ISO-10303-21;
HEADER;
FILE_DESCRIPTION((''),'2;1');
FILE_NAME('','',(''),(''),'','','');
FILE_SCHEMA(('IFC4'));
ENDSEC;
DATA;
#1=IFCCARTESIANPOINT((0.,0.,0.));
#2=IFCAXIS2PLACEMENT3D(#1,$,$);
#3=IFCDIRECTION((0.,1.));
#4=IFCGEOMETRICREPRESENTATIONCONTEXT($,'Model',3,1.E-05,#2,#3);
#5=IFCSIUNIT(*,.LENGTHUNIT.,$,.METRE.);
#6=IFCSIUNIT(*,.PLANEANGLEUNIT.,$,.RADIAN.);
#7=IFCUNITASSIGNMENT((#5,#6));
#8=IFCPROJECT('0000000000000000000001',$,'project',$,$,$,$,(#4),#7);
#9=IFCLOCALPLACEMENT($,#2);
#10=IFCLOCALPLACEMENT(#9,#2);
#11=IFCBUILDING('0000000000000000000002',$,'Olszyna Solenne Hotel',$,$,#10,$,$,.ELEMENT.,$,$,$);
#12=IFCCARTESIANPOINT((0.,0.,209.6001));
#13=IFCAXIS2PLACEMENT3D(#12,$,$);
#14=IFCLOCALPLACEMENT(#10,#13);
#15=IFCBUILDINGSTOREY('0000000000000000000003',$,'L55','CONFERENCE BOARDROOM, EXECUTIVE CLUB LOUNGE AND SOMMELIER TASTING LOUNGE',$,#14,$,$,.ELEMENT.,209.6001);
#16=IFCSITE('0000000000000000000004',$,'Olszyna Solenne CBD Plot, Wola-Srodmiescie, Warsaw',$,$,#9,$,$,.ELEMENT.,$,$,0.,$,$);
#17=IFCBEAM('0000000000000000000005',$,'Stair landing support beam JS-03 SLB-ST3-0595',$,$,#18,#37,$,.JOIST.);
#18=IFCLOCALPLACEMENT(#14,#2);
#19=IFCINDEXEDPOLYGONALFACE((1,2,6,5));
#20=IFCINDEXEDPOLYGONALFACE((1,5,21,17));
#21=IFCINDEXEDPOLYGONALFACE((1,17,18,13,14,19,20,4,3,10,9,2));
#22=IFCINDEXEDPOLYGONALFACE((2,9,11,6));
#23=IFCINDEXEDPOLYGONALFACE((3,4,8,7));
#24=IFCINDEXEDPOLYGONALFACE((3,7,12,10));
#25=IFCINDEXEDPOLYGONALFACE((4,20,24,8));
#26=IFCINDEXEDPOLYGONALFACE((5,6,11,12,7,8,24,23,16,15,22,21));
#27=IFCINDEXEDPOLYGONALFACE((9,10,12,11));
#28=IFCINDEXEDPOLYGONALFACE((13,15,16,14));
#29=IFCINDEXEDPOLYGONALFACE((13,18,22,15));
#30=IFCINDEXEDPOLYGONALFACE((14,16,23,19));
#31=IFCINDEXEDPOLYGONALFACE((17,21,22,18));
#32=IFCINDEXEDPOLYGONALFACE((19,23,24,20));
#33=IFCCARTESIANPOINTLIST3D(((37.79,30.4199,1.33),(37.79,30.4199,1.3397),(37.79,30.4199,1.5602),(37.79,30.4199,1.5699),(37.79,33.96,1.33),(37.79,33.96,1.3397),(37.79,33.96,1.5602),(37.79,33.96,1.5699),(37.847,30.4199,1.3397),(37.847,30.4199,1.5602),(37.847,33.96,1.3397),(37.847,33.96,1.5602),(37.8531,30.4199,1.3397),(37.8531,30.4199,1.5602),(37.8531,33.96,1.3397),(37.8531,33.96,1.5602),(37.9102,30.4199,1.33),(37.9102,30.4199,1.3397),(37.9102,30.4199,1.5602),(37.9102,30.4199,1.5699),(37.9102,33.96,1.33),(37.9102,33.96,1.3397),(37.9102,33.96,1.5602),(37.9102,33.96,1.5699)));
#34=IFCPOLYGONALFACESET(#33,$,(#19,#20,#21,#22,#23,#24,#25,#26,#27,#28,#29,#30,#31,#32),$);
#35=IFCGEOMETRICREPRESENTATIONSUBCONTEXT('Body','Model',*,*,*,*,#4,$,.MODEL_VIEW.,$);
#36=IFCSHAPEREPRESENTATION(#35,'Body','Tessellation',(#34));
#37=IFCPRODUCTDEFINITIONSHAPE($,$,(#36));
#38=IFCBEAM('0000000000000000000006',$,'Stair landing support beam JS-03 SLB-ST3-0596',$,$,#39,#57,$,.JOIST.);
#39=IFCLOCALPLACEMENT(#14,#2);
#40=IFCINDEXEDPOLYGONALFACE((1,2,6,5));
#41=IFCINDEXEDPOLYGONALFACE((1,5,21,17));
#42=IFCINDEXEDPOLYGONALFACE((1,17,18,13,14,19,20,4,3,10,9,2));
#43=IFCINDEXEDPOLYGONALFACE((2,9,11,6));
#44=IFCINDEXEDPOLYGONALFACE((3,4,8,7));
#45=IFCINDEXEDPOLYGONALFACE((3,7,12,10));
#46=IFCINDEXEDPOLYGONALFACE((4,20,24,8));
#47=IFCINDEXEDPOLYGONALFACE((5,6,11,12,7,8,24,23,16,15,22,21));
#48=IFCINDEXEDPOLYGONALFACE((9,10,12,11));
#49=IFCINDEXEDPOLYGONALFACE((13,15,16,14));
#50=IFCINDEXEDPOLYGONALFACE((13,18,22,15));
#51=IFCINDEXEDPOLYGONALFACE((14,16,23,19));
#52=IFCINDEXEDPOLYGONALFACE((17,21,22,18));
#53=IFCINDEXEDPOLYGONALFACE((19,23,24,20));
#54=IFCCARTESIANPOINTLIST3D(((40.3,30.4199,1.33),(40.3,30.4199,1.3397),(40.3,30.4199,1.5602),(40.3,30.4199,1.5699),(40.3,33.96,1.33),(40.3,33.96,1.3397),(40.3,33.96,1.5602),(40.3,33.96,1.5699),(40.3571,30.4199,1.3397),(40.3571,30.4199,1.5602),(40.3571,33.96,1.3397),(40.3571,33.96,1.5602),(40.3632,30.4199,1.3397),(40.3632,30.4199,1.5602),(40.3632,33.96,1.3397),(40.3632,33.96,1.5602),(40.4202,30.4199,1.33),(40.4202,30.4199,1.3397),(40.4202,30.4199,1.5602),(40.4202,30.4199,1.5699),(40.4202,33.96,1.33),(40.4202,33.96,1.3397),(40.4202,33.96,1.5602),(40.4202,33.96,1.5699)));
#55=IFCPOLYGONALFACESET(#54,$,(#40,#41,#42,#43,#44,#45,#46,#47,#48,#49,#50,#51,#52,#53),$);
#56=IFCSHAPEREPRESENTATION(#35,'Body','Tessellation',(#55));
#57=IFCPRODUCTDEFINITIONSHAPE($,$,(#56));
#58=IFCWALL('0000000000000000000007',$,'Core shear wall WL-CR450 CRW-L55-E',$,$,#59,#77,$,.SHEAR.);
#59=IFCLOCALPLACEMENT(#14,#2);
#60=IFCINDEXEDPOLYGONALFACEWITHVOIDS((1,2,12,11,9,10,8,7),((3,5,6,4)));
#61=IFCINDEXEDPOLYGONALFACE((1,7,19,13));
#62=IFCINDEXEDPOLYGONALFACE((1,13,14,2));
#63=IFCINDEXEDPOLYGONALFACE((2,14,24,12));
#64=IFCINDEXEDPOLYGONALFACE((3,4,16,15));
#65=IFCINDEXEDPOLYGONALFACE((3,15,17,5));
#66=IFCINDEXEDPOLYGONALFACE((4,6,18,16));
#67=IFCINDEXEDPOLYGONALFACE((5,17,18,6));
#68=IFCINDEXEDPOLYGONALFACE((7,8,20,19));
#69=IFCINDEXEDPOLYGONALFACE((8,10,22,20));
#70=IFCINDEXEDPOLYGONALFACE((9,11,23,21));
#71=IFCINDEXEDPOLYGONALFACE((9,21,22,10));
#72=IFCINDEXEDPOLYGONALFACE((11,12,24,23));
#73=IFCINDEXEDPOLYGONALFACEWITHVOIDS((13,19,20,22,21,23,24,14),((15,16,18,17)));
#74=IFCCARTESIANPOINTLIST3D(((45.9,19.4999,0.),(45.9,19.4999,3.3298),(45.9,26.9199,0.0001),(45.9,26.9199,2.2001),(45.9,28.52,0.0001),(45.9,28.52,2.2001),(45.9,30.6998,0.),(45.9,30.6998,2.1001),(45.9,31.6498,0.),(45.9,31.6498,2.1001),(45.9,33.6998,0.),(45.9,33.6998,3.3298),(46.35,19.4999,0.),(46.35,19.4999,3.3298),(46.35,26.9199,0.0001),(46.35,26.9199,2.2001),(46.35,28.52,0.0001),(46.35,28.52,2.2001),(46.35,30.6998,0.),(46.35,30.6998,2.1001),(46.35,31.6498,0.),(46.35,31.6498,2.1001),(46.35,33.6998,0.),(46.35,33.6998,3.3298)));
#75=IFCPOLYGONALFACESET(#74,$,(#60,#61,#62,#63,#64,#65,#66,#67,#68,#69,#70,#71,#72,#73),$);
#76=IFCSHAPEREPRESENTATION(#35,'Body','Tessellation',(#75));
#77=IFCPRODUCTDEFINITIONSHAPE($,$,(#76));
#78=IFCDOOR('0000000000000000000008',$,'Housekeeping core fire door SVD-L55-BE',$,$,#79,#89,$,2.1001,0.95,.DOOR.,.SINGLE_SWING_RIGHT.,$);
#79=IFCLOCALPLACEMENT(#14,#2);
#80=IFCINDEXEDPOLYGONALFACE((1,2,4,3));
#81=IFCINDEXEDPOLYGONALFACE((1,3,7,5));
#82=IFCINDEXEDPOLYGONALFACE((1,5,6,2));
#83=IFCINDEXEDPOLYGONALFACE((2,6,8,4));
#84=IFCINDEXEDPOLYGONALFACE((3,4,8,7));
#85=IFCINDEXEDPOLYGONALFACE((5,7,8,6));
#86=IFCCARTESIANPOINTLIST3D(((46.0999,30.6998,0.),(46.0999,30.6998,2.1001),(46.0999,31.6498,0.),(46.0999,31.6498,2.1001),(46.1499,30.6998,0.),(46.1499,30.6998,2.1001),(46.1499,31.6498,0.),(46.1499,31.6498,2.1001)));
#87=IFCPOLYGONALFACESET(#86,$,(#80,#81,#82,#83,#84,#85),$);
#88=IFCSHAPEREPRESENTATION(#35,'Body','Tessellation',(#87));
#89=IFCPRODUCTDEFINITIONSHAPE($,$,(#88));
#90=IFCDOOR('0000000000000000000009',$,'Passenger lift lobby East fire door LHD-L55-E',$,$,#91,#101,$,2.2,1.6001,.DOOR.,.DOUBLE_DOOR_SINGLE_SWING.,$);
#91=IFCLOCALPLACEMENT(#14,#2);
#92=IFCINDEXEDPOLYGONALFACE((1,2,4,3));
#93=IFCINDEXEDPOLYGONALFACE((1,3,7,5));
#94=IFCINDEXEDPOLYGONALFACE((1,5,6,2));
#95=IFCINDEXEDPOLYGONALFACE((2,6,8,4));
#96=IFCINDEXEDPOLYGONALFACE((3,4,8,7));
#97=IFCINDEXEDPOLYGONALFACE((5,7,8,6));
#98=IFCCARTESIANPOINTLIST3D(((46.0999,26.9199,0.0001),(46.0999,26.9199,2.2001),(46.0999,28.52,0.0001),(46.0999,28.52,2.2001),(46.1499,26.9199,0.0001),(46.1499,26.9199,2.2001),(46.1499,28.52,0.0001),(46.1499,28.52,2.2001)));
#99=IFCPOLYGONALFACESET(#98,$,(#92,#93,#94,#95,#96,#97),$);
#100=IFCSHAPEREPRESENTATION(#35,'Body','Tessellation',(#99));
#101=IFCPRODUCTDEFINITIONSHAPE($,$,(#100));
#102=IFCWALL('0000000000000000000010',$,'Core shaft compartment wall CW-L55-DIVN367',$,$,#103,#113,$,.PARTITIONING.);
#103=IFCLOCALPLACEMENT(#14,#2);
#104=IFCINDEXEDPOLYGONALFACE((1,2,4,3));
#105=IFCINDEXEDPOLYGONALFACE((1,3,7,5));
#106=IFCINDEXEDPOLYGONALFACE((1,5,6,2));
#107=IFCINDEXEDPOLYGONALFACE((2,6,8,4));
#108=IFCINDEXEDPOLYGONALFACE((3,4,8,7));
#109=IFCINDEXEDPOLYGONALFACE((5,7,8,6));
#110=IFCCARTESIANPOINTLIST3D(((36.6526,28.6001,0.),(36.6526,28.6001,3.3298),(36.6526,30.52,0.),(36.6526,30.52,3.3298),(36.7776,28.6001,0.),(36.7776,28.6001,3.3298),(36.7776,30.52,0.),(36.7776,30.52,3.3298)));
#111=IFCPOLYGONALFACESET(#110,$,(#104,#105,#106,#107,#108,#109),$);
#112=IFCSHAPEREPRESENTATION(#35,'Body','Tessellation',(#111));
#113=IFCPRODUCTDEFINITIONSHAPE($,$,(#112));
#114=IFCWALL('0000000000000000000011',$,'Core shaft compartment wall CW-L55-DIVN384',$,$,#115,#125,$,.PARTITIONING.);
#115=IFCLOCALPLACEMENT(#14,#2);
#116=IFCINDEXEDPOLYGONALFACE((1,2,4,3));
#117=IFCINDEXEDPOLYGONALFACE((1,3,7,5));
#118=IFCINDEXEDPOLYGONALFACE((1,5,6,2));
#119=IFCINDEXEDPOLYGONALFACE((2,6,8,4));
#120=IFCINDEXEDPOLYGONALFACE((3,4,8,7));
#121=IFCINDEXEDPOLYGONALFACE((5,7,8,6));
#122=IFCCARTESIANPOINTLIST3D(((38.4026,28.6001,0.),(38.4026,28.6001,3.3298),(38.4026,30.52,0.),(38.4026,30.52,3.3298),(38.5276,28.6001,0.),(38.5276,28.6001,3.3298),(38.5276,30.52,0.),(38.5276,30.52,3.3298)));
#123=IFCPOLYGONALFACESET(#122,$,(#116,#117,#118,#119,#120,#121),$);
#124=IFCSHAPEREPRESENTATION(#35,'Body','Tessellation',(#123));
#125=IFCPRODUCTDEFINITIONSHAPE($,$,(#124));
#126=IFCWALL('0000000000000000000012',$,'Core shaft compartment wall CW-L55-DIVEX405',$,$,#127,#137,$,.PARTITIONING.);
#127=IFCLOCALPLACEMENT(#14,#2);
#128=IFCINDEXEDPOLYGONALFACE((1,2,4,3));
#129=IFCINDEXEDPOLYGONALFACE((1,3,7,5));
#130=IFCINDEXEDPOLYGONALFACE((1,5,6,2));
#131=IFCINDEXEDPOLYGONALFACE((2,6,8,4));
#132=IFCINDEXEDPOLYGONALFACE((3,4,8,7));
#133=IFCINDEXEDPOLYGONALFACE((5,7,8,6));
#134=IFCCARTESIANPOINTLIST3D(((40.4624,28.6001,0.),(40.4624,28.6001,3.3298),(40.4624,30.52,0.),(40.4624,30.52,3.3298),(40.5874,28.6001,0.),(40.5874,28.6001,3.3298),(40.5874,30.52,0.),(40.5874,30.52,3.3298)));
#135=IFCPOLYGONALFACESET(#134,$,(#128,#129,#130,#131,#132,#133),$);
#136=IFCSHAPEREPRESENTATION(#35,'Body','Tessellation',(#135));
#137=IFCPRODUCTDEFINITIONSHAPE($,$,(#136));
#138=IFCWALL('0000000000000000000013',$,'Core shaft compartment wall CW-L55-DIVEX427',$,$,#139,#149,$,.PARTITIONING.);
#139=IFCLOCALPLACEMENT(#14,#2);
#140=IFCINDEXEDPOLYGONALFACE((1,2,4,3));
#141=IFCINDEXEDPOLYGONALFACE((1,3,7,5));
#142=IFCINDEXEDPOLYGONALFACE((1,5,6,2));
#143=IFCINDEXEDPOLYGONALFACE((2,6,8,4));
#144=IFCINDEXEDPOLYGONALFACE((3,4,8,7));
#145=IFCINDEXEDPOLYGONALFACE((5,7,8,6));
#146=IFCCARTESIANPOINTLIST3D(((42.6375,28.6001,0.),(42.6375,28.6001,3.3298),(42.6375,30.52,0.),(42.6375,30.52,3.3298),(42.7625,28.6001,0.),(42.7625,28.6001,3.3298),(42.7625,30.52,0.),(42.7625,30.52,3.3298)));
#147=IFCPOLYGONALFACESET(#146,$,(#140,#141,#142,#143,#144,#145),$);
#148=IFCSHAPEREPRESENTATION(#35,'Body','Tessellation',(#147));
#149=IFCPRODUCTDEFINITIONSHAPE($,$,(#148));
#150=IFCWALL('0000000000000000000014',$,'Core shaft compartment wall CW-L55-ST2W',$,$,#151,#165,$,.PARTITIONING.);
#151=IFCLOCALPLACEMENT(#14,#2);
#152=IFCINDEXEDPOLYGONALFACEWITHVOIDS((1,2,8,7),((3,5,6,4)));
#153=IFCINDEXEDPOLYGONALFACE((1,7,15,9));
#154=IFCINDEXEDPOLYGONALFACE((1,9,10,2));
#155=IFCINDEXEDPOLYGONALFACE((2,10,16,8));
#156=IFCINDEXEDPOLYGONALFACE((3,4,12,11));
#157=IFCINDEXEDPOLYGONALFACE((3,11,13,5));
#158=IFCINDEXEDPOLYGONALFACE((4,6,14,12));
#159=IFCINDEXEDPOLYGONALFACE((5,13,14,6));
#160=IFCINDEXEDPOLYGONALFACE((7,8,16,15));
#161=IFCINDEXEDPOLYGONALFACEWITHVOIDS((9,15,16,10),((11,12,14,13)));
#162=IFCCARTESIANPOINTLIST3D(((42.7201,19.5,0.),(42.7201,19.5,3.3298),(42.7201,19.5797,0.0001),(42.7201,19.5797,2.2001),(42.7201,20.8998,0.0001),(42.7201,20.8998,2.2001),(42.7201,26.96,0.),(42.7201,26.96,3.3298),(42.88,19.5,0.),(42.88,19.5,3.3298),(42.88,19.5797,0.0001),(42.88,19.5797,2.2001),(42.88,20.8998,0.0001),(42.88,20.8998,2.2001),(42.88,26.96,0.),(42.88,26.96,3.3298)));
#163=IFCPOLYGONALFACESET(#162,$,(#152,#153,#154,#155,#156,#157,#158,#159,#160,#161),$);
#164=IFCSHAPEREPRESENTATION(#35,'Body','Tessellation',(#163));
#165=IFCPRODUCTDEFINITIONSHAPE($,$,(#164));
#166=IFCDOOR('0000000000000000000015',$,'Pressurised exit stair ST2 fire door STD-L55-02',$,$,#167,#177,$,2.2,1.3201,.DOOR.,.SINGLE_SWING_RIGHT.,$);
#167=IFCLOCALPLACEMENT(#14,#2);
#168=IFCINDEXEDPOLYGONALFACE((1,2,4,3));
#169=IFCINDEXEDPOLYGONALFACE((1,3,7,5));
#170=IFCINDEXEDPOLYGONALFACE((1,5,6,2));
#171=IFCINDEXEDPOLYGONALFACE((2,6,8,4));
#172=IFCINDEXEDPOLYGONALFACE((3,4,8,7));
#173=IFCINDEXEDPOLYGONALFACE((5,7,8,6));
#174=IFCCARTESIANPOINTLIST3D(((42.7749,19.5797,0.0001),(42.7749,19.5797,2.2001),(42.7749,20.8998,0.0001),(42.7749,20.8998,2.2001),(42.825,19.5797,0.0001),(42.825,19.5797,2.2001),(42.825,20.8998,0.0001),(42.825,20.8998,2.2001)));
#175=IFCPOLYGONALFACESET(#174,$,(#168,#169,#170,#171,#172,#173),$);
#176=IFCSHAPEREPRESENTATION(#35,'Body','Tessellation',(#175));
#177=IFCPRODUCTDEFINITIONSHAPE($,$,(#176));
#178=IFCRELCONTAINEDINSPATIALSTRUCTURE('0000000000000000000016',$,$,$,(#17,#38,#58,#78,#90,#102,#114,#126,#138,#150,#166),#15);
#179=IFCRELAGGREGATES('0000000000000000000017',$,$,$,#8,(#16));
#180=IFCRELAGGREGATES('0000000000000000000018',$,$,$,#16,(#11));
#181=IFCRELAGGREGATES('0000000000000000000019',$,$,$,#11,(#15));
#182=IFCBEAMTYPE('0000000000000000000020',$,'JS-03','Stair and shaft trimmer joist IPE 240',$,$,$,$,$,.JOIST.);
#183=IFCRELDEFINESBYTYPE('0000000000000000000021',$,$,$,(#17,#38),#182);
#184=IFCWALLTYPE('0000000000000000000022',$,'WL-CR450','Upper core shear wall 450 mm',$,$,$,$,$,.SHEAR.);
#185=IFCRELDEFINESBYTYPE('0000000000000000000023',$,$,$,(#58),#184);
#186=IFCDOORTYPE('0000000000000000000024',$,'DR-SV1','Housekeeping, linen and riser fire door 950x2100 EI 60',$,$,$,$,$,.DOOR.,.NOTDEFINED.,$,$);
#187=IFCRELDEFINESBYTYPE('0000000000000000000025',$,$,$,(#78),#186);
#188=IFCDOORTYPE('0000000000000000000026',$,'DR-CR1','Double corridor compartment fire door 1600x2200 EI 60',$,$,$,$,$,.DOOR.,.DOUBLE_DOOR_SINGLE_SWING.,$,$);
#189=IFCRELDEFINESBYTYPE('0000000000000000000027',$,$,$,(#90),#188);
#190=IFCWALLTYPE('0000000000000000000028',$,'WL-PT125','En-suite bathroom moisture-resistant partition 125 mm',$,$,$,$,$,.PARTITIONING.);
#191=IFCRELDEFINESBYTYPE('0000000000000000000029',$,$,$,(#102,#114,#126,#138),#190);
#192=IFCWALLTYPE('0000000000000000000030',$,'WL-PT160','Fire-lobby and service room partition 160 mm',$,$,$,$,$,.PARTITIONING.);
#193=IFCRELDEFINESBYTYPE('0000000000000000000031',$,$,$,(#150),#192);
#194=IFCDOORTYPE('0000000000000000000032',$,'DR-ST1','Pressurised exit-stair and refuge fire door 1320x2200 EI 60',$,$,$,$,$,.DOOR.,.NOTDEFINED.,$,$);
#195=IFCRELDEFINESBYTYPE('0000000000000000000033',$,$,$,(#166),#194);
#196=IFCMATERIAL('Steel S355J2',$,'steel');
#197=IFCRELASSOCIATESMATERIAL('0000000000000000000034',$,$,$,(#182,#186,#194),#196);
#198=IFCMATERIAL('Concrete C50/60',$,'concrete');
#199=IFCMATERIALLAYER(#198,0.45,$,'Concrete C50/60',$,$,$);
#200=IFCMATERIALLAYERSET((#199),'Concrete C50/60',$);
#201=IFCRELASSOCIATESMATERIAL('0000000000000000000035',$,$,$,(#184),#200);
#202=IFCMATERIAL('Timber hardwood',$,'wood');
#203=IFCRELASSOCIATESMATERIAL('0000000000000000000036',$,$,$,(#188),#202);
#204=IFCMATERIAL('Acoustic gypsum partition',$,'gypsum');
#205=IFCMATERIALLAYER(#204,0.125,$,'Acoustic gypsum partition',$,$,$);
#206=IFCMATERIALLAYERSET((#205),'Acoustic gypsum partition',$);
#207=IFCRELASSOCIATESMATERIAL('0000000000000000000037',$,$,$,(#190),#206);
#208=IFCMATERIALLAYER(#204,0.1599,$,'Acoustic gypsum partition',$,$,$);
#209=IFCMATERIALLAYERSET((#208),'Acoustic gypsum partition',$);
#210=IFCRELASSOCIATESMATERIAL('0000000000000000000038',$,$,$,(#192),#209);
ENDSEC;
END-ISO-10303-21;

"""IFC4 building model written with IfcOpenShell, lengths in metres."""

from ifc_helpers import new_model, si_unit, direction, frame, frame_2d, origin, origin_2d, place, context, subcontext, project, spatial, rectangle, i_section, extrude, source, transform, mapped, material, layer, layer_set, material_profile, profile_set, type_object, type_shapes, element, fill, save


model = new_model("IFC4")

# Units and contexts
model_context = context("Model", 3, precision=1e-05, world=origin(), true_north=direction((0.0, 1.0)))
body_context = subcontext(model_context, "Body", "Model", "MODEL_VIEW")
ifc_project = project(units=[si_unit("LENGTHUNIT", "METRE"), si_unit("PLANEANGLEUNIT", "RADIAN")], contexts=[model_context])

# Site, building, storey
site_placement = place(None, origin())
site = spatial("IfcSite", under=ifc_project, at=site_placement, Name="Olszyna Solenne CBD Plot, Wola-Srodmiescie, Warsaw", CompositionType="ELEMENT", RefElevation=0.0)
building_placement = place(site_placement, origin())
building = spatial("IfcBuilding", under=site, at=building_placement, Name="Olszyna Solenne Hotel", CompositionType="ELEMENT")
storey_placement = place(building_placement, frame((0.0, 0.0, 209.6001)))
storey = spatial("IfcBuildingStorey", under=building, at=storey_placement, Name="L55", Description="CONFERENCE BOARDROOM, EXECUTIVE CLUB LOUNGE AND SOMMELIER TASTING LOUNGE", CompositionType="ELEMENT", Elevation=209.6001)

# Beams
ifc_material_1 = material(Name="Steel S355J2", Category="steel")
ifc_material_profile = material_profile(ifc_material_1, i_section(OverallWidth=0.1201, OverallDepth=0.24, WebThickness=0.0061, FlangeThickness=0.0098, at=origin_2d()), Name="IPE 240", Category="load-bearing")
ifc_profile_set = profile_set([ifc_material_profile], Name="Steel S355J2")
beam_type = type_object("IfcBeamType", Name="JS-03", Description="Stair and shaft trimmer joist IPE 240", PredefinedType="JOIST", material=ifc_profile_set)
shared_shape_1 = source(origin(), body_context, "Body", "SweptSolid", [
    extrude(i_section(OverallWidth=0.1201, OverallDepth=0.24, WebThickness=0.0061, FlangeThickness=0.0098, at=origin_2d()), origin(), (0.0, 0.0, 1.0), 3.54),
])
for number, where, z_axis, x_axis, name in (
    (1, (37.8501, 30.4199, 1.45), (0.0, 1.0, 0.0), (-1.0, 0.0, 0.0), "Stair landing support beam JS-03 SLB-ST3-0595"),
    (2, (40.3601, 30.4199, 1.45), (0.0, 1.0, 0.0), (-1.0, 0.0, 0.0), "Stair landing support beam JS-03 SLB-ST3-0596"),
):
    element("IfcBeam", number, at=place(storey_placement, frame(where, z_axis=z_axis, x_axis=x_axis)), inside=storey, type_object=beam_type, Name=name, PredefinedType="JOIST", context=body_context, shape_type="MappedRepresentation", body=[
        mapped(shared_shape_1, transform((0.0, 0.0, 0.0), x_axis=(1.0, 0.0, 0.0), y_axis=(0.0, 1.0, 0.0), z_axis=(0.0, 0.0, 1.0), scale=1.0)),
    ])

# Wall, openings, doors
ifc_material_2 = material(Name="Concrete C50/60", Category="concrete")
ifc_layer_1 = layer(ifc_material_2, 0.45, Name="Concrete C50/60")
ifc_layer_set_1 = layer_set([ifc_layer_1], Name="Concrete C50/60")
wall_type_1 = type_object("IfcWallType", Name="WL-CR450", Description="Upper core shear wall 450 mm", PredefinedType="SHEAR", material=ifc_layer_set_1)
wall_1_placement = place(storey_placement, frame((46.125, 33.7, 0.0), z_axis=(0.0, 0.0, 1.0), x_axis=(0.0, -1.0, 0.0)))
wall_1 = element("IfcWall", 3, at=wall_1_placement, inside=storey, type_object=wall_type_1, Name="Core shear wall WL-CR450 CRW-L55-E", PredefinedType="SHEAR", context=body_context, shape_type="SweptSolid", body=[
    extrude(rectangle(XDim=14.2, YDim=0.45, at=frame_2d((7.1001, 0.0))), origin(), (0.0, 0.0, 1.0), 3.3298),
])
opening_1_placement = place(wall_1_placement, frame((5.1799, 0.0, 0.0)))
opening_1 = element("IfcOpeningElement", 4, at=opening_1_placement, cuts=wall_1, PredefinedType="OPENING", context=body_context, shape_type="SweptSolid", body=[
    extrude(rectangle(XDim=1.6001, YDim=2.2, at=frame_2d((0.8, 1.1001))), frame((0.0, 0.2349, 0.0), z_axis=(0.0, -1.0, 0.0), x_axis=(1.0, 0.0, 0.0)), (0.0, 0.0, 1.0), 0.47),
])
opening_2_placement = place(wall_1_placement, frame((2.05, 0.0, 0.0)))
opening_2 = element("IfcOpeningElement", 5, at=opening_2_placement, cuts=wall_1, PredefinedType="OPENING", context=body_context, shape_type="SweptSolid", body=[
    extrude(rectangle(XDim=0.95, YDim=2.1001, at=frame_2d((0.4751, 1.05))), frame((0.0, 0.2349, 0.0), z_axis=(0.0, -1.0, 0.0), x_axis=(1.0, 0.0, 0.0)), (0.0, 0.0, 1.0), 0.47),
])
door_type_1 = type_object("IfcDoorType", Name="DR-SV1", Description="Housekeeping, linen and riser fire door 950x2100 EI 60", OperationType="NOTDEFINED", PredefinedType="DOOR", material=ifc_material_1)
shared_shape_2 = source(origin(), body_context, "Body", "SweptSolid", [
    extrude(rectangle(XDim=0.95, YDim=2.1001, at=frame_2d((0.4751, 1.05))), frame((0.0, 0.0249, 0.0), z_axis=(0.0, -1.0, 0.0), x_axis=(1.0, 0.0, 0.0)), (0.0, 0.0, 1.0), 0.05),
])
type_shapes(door_type_1, [shared_shape_2])
door_1_placement = place(opening_2_placement, origin())
door_1 = element("IfcDoor", 6, at=door_1_placement, inside=storey, type_object=door_type_1, Name="Housekeeping core fire door SVD-L55-BE", OperationType="SINGLE_SWING_RIGHT", OverallHeight=2.1001, OverallWidth=0.95, PredefinedType="DOOR", context=body_context, shape_type="MappedRepresentation", body=[
    mapped(shared_shape_2, transform((0.0, 0.0, 0.0), x_axis=(1.0, 0.0, 0.0), y_axis=(0.0, 1.0, 0.0), z_axis=(0.0, 0.0, 1.0), scale=1.0)),
])
fill(opening_2, door_1)
ifc_material_3 = material(Name="Timber hardwood", Category="wood")
door_type_2 = type_object("IfcDoorType", Name="DR-CR1", Description="Double corridor compartment fire door 1600x2200 EI 60", OperationType="DOUBLE_DOOR_SINGLE_SWING", PredefinedType="DOOR", material=ifc_material_3)
shared_shape_3 = source(origin(), body_context, "Body", "SweptSolid", [
    extrude(rectangle(XDim=1.6001, YDim=2.2, at=frame_2d((0.8, 1.1001))), frame((0.0, 0.0249, 0.0), z_axis=(0.0, -1.0, 0.0), x_axis=(1.0, 0.0, 0.0)), (0.0, 0.0, 1.0), 0.05),
])
type_shapes(door_type_2, [shared_shape_3])
door_2_placement = place(opening_1_placement, origin())
door_2 = element("IfcDoor", 7, at=door_2_placement, inside=storey, type_object=door_type_2, Name="Passenger lift lobby East fire door LHD-L55-E", OperationType="DOUBLE_DOOR_SINGLE_SWING", OverallHeight=2.2, OverallWidth=1.6001, PredefinedType="DOOR", context=body_context, shape_type="MappedRepresentation", body=[
    mapped(shared_shape_3, transform((0.0, 0.0, 0.0), x_axis=(1.0, 0.0, 0.0), y_axis=(0.0, 1.0, 0.0), z_axis=(0.0, 0.0, 1.0), scale=1.0)),
])
fill(opening_1, door_2)

# Walls
ifc_material_4 = material(Name="Acoustic gypsum partition", Category="gypsum")
ifc_layer_2 = layer(ifc_material_4, 0.125, Name="Acoustic gypsum partition")
ifc_layer_set_2 = layer_set([ifc_layer_2], Name="Acoustic gypsum partition")
wall_type_2 = type_object("IfcWallType", Name="WL-PT125", Description="En-suite bathroom moisture-resistant partition 125 mm", PredefinedType="PARTITIONING", material=ifc_layer_set_2)
for number, where, z_axis, x_axis, name in (
    (8, (36.7151, 28.6001, 0.0), (0.0, 0.0, 1.0), (0.0, 1.0, 0.0), "Core shaft compartment wall CW-L55-DIVN367"),
    (9, (38.4651, 28.6001, 0.0), (0.0, 0.0, 1.0), (0.0, 1.0, 0.0), "Core shaft compartment wall CW-L55-DIVN384"),
    (10, (40.5249, 28.6001, 0.0), (0.0, 0.0, 1.0), (0.0, 1.0, 0.0), "Core shaft compartment wall CW-L55-DIVEX405"),
    (11, (42.7, 28.6001, 0.0), (0.0, 0.0, 1.0), (0.0, 1.0, 0.0), "Core shaft compartment wall CW-L55-DIVEX427"),
):
    element("IfcWall", number, at=place(storey_placement, frame(where, z_axis=z_axis, x_axis=x_axis)), inside=storey, type_object=wall_type_2, Name=name, PredefinedType="PARTITIONING", context=body_context, shape_type="SweptSolid", body=[
        extrude(rectangle(XDim=1.9199, YDim=0.125, at=frame_2d((0.96, 0.0))), origin(), (0.0, 0.0, 1.0), 3.3298),
    ])

# Wall, opening, door
ifc_layer_3 = layer(ifc_material_4, 0.1599, Name="Acoustic gypsum partition")
ifc_layer_set_3 = layer_set([ifc_layer_3], Name="Acoustic gypsum partition")
wall_type_3 = type_object("IfcWallType", Name="WL-PT160", Description="Fire-lobby and service room partition 160 mm", PredefinedType="PARTITIONING", material=ifc_layer_set_3)
wall_2_placement = place(storey_placement, frame((42.8, 26.96, 0.0), z_axis=(0.0, 0.0, 1.0), x_axis=(0.0, -1.0, 0.0)))
wall_2 = element("IfcWall", 12, at=wall_2_placement, inside=storey, type_object=wall_type_3, Name="Core shaft compartment wall CW-L55-ST2W", PredefinedType="PARTITIONING", context=body_context, shape_type="SweptSolid", body=[
    extrude(rectangle(XDim=7.46, YDim=0.1599, at=frame_2d((3.73, 0.0))), origin(), (0.0, 0.0, 1.0), 3.3298),
])
opening_3_placement = place(wall_2_placement, frame((6.0601, 0.0, 0.0)))
opening_3 = element("IfcOpeningElement", 13, at=opening_3_placement, cuts=wall_2, PredefinedType="OPENING", context=body_context, shape_type="SweptSolid", body=[
    extrude(rectangle(XDim=1.3201, YDim=2.2, at=frame_2d((0.6602, 1.1001))), frame((0.0, 0.0898, 0.0), z_axis=(0.0, -1.0, 0.0), x_axis=(1.0, 0.0, 0.0)), (0.0, 0.0, 1.0), 0.1799),
])
door_type_3 = type_object("IfcDoorType", Name="DR-ST1", Description="Pressurised exit-stair and refuge fire door 1320x2200 EI 60", OperationType="NOTDEFINED", PredefinedType="DOOR", material=ifc_material_1)
shared_shape_4 = source(origin(), body_context, "Body", "SweptSolid", [
    extrude(rectangle(XDim=1.3201, YDim=2.2, at=frame_2d((0.6602, 1.1001))), frame((0.0, 0.0249, 0.0), z_axis=(0.0, -1.0, 0.0), x_axis=(1.0, 0.0, 0.0)), (0.0, 0.0, 1.0), 0.05),
])
type_shapes(door_type_3, [shared_shape_4])
door_3_placement = place(opening_3_placement, origin())
door_3 = element("IfcDoor", 14, at=door_3_placement, inside=storey, type_object=door_type_3, Name="Pressurised exit stair ST2 fire door STD-L55-02", OperationType="SINGLE_SWING_RIGHT", OverallHeight=2.2, OverallWidth=1.3201, PredefinedType="DOOR", context=body_context, shape_type="MappedRepresentation", body=[
    mapped(shared_shape_4, transform((0.0, 0.0, 0.0), x_axis=(1.0, 0.0, 0.0), y_axis=(0.0, 1.0, 0.0), z_axis=(0.0, 0.0, 1.0), scale=1.0)),
])
fill(opening_3, door_3)

save(model, "model.ifc")
